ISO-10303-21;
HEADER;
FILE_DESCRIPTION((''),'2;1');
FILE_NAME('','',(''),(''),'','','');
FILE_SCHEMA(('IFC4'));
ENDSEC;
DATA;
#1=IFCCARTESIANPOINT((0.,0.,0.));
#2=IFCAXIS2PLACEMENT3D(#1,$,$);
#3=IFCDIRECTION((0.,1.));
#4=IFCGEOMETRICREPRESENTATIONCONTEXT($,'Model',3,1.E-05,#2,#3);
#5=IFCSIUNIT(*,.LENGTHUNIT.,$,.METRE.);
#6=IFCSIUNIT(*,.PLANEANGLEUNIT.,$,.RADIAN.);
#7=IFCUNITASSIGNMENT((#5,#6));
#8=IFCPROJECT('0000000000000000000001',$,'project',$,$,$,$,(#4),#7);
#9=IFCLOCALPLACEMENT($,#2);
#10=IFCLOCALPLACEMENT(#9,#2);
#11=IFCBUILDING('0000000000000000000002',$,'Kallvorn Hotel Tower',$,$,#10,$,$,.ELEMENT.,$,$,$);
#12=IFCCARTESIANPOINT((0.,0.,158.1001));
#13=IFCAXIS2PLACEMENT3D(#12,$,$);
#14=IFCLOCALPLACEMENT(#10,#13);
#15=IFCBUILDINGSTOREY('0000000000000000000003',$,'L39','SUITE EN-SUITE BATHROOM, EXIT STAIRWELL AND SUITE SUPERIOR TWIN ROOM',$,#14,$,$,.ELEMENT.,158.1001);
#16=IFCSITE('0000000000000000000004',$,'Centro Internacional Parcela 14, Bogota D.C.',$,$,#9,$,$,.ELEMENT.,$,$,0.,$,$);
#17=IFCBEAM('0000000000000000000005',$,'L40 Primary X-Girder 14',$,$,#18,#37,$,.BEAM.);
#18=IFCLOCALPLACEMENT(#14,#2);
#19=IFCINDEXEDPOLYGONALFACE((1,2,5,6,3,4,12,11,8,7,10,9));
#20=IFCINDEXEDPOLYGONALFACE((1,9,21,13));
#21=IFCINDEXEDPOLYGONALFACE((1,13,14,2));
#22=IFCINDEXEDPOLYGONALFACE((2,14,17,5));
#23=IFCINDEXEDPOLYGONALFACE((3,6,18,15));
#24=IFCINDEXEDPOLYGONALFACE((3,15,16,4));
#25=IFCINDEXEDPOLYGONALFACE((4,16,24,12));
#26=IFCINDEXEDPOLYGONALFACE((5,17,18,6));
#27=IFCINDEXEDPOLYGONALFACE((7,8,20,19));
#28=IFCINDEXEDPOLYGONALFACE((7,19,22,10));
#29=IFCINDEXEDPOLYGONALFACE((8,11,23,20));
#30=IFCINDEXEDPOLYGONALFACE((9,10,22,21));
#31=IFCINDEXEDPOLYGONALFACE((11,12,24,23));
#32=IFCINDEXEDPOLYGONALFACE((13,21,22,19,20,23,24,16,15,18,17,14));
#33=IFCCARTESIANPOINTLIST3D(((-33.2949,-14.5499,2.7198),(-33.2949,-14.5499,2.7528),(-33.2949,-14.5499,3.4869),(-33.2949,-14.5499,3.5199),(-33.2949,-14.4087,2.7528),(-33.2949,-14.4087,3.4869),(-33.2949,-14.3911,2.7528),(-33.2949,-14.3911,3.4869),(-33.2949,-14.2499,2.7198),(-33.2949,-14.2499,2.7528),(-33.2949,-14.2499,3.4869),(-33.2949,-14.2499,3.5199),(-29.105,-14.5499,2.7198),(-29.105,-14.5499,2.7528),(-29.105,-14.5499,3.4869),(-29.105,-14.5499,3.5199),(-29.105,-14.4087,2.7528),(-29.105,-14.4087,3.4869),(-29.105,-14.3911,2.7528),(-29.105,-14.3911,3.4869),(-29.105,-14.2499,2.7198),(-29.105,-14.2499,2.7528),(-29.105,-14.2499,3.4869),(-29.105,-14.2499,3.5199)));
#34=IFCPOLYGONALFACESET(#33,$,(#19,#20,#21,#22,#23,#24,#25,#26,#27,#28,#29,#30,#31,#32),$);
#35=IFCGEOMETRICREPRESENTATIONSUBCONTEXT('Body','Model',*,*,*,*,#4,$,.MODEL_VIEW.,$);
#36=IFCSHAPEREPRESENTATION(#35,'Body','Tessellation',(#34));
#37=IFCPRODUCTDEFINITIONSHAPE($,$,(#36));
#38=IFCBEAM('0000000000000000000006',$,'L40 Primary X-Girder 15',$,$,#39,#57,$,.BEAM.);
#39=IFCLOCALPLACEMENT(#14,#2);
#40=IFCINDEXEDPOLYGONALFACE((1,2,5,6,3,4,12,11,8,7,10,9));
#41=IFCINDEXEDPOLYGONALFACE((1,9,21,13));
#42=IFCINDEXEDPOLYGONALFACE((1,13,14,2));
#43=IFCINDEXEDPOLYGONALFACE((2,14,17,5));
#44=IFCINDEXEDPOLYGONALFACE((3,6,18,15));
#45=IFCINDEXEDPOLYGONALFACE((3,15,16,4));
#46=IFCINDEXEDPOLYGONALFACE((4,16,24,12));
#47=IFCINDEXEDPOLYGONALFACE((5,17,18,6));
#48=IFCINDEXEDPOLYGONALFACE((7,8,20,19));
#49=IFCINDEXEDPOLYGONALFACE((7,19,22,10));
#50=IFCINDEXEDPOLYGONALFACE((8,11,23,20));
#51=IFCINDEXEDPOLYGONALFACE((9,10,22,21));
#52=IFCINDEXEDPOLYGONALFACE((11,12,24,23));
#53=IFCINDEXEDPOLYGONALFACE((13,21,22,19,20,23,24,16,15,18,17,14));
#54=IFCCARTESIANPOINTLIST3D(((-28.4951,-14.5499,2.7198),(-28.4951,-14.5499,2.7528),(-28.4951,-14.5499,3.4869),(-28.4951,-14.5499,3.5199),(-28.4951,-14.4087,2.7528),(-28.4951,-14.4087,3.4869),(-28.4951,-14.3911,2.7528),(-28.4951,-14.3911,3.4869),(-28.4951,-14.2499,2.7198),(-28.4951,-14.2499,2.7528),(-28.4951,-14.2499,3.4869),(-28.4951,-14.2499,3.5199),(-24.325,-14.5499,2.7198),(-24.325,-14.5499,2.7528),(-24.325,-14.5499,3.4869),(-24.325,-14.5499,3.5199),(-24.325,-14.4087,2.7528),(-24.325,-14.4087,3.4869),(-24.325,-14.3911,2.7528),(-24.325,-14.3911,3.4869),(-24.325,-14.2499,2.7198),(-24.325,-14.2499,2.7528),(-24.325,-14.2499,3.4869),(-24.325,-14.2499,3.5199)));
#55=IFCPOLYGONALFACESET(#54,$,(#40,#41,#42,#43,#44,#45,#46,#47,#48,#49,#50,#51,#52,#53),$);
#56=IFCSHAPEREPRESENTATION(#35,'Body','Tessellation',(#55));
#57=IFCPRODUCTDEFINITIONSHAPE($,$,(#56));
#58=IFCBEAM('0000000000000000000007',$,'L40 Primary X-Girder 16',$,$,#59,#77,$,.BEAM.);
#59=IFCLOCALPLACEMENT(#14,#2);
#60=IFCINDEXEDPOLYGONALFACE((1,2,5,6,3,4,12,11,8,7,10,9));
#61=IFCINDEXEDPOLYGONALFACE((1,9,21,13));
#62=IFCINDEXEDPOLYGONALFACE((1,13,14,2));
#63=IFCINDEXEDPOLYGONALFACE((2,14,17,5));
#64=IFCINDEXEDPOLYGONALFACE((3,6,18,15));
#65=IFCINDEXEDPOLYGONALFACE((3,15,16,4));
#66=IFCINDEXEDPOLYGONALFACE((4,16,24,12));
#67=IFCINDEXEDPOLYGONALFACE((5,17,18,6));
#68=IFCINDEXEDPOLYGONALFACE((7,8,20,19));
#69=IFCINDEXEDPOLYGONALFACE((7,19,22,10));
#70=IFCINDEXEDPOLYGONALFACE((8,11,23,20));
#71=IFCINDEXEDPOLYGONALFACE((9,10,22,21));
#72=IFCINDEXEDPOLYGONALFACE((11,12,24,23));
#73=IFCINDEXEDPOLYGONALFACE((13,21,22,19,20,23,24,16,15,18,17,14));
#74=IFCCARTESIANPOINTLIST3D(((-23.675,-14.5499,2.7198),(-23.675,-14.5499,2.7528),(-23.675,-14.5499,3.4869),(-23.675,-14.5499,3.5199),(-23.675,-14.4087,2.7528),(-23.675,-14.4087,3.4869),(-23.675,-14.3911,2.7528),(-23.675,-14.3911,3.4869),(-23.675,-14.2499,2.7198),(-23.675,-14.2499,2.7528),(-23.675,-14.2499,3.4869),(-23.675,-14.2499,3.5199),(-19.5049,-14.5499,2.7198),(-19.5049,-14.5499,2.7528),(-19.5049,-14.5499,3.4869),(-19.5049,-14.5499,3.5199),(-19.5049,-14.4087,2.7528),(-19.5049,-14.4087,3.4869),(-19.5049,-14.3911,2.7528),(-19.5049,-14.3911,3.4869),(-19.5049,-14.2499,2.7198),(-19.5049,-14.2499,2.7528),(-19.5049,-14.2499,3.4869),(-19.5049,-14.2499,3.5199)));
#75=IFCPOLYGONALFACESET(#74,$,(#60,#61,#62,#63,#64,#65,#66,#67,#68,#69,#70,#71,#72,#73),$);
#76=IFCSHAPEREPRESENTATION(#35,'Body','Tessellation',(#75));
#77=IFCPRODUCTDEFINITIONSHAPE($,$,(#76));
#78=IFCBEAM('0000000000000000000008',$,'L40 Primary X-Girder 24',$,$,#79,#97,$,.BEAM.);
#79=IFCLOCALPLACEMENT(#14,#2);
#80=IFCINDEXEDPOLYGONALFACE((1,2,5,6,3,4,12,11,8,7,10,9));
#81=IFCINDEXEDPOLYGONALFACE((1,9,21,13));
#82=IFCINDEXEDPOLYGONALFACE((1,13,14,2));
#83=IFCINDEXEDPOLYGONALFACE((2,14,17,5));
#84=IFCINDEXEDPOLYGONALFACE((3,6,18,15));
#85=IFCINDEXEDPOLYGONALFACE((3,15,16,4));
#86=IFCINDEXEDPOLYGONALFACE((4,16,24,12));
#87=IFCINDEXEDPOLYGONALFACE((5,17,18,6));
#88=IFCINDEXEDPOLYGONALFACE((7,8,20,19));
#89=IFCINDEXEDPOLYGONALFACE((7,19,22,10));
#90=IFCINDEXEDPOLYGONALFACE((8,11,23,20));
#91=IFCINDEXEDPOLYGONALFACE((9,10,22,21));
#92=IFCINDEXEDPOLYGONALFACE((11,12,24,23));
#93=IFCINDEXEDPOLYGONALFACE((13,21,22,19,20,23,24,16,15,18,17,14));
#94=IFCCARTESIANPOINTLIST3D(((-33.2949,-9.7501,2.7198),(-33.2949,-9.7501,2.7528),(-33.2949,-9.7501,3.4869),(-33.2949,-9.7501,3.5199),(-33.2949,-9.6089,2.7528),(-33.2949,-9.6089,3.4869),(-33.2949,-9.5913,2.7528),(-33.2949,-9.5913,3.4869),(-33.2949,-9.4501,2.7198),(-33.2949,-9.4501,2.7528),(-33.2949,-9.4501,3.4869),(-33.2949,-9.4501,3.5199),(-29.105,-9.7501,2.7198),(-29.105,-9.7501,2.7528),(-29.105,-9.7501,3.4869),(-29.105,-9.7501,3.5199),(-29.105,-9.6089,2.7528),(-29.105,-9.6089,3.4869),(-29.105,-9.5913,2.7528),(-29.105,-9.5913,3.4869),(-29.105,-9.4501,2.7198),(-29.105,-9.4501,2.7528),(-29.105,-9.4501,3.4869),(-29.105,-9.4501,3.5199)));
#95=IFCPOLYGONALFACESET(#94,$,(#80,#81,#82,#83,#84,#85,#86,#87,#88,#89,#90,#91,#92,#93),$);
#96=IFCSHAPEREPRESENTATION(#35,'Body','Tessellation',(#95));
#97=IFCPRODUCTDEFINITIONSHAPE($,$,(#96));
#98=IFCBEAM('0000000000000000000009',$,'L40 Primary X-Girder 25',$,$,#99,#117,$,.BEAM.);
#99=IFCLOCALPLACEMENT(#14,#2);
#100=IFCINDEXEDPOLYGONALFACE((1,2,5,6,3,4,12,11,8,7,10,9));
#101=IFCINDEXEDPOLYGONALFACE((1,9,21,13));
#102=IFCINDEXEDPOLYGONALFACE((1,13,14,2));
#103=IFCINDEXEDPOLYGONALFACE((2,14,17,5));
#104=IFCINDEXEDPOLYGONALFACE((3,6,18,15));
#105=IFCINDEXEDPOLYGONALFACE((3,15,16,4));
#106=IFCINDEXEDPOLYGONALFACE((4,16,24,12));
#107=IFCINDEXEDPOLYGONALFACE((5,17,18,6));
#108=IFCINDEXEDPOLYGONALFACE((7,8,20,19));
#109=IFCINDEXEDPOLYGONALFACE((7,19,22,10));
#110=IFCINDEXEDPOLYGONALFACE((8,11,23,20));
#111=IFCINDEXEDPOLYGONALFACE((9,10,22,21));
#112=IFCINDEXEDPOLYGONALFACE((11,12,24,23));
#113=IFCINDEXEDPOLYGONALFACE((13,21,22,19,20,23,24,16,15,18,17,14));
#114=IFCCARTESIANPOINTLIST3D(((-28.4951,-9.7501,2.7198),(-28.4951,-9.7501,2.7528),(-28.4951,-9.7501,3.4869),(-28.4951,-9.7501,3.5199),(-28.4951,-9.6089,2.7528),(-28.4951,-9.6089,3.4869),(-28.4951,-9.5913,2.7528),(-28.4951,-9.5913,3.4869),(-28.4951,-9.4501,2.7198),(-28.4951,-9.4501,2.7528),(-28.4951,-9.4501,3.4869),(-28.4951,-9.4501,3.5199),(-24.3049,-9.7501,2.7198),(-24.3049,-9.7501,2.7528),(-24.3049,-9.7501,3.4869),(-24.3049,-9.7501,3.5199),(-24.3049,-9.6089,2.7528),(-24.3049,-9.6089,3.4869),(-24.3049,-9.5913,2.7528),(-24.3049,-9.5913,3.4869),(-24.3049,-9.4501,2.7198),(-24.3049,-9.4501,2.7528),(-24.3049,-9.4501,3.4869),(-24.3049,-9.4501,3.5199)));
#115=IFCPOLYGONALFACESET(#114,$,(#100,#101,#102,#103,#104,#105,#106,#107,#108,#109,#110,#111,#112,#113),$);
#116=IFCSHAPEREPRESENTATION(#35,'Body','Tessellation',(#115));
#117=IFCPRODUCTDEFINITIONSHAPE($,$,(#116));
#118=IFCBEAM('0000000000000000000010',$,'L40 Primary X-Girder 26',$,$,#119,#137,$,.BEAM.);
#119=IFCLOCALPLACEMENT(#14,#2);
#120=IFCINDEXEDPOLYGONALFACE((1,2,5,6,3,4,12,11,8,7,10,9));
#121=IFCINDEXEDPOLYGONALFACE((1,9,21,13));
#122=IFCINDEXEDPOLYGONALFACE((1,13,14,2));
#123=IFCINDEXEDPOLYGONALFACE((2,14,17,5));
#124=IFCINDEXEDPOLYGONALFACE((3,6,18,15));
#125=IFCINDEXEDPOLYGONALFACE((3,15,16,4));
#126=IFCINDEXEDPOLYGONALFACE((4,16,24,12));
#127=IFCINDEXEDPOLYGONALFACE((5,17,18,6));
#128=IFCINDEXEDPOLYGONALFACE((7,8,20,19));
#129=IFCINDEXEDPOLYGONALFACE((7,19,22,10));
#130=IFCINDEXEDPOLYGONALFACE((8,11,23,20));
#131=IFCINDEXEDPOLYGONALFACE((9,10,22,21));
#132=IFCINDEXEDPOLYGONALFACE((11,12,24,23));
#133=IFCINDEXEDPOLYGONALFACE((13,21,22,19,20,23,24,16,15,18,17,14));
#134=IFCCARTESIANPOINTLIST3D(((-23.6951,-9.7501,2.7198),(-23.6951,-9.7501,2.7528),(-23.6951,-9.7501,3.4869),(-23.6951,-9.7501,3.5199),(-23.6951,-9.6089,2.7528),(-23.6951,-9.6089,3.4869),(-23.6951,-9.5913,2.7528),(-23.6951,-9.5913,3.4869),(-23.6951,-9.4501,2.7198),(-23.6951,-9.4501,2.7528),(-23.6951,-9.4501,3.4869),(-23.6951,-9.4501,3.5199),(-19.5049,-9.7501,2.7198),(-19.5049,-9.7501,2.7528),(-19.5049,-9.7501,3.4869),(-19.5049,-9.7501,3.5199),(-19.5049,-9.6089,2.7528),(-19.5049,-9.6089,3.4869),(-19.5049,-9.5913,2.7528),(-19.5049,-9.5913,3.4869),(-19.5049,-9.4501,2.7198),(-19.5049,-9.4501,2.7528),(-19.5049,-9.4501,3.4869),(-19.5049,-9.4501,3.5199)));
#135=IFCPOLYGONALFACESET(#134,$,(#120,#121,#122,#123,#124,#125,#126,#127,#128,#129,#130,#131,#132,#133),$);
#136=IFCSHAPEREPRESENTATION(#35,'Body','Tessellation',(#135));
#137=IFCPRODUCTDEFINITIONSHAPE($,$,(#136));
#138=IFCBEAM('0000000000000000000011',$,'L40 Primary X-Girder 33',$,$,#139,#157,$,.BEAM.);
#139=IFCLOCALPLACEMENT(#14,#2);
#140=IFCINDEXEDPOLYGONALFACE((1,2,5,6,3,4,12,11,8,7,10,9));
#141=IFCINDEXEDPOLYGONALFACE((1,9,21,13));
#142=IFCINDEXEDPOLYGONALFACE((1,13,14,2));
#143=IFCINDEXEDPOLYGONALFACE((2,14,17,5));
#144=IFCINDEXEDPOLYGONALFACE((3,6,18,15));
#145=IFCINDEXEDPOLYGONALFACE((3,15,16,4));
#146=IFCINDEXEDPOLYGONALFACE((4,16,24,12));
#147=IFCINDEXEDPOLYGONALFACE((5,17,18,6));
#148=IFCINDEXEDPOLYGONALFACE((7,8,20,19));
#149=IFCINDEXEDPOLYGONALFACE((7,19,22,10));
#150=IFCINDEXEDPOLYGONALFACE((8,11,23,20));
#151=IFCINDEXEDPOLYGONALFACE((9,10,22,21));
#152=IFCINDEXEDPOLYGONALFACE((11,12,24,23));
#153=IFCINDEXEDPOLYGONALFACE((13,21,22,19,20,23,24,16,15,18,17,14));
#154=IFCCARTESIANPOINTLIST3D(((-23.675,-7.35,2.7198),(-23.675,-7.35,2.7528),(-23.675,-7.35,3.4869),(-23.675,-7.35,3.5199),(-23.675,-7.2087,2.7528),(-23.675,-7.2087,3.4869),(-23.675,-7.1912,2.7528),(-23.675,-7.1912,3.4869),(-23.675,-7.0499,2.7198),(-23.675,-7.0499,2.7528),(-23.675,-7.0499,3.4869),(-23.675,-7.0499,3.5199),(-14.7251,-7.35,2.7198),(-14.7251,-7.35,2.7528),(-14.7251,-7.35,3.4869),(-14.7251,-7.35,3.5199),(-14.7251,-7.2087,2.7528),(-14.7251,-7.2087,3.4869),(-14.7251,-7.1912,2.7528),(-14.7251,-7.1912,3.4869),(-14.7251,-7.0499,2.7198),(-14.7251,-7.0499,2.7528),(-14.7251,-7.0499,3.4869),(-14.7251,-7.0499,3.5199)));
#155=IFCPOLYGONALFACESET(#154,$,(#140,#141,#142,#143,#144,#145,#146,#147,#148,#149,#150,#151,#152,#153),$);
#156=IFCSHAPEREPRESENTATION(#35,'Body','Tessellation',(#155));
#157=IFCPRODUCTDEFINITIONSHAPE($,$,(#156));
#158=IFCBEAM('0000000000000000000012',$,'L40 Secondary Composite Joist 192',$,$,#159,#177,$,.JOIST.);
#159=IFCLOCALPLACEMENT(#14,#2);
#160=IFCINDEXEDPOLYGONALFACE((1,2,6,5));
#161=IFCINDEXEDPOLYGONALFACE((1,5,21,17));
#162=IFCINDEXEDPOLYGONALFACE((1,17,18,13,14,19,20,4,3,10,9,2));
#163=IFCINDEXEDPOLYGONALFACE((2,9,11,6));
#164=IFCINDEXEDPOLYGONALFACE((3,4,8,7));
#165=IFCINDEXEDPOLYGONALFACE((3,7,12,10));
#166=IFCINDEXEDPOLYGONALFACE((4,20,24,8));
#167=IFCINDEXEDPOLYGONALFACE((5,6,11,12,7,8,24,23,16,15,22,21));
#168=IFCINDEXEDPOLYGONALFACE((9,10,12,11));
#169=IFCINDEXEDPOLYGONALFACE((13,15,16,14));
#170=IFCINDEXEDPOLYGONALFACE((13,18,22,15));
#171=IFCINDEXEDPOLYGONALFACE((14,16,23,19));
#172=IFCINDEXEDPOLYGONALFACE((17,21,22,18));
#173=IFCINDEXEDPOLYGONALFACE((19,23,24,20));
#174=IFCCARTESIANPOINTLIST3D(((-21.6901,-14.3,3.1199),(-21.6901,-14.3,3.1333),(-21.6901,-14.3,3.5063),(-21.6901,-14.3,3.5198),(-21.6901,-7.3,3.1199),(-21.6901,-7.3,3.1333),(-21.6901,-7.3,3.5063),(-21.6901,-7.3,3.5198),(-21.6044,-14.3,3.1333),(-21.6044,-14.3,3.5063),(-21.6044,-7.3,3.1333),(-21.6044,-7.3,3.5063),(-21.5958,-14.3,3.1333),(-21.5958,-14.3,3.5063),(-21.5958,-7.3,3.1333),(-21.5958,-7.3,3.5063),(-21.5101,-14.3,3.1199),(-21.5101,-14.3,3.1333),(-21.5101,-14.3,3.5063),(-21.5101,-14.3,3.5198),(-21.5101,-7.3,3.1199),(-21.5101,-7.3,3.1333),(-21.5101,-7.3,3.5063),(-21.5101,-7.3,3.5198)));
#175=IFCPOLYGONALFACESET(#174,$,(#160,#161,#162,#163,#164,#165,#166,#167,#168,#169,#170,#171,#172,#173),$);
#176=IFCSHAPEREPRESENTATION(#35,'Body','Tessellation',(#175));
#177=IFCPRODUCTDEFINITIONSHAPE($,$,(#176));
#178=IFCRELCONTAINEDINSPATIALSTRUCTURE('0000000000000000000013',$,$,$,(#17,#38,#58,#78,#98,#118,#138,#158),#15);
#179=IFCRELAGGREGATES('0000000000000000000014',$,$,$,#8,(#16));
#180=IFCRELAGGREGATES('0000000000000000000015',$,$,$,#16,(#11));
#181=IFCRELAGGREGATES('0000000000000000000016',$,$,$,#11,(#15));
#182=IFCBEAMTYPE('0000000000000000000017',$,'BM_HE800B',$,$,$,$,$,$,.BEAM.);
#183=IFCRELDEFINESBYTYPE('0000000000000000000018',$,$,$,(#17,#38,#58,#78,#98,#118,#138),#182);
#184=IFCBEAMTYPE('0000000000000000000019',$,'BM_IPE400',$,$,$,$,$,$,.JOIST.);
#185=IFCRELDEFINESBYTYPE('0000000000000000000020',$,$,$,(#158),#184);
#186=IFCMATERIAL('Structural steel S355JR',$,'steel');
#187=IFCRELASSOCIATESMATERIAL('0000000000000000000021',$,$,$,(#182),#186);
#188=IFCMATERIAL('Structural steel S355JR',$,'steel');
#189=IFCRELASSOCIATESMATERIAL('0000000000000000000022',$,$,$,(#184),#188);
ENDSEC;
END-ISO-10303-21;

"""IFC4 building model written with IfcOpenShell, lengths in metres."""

from ifc_helpers import new_model, si_unit, direction, frame, origin, origin_2d, place, context, subcontext, project, spatial, i_section, extrude, material, material_profile, profile_set, type_object, element, save


model = new_model("IFC4")

# Units and contexts
model_context = context("Model", 3, precision=1e-05, world=origin(), true_north=direction((0.0, 1.0)))
body_context = subcontext(model_context, "Body", "Model", "MODEL_VIEW")
ifc_project = project(units=[si_unit("LENGTHUNIT", "METRE"), si_unit("PLANEANGLEUNIT", "RADIAN")], contexts=[model_context])

# Site, building, storey
site_placement = place(None, origin())
site = spatial("IfcSite", under=ifc_project, at=site_placement, Name="Centro Internacional Parcela 14, Bogota D.C.", CompositionType="ELEMENT", RefElevation=0.0)
building_placement = place(site_placement, origin())
building = spatial("IfcBuilding", under=site, at=building_placement, Name="Kallvorn Hotel Tower", CompositionType="ELEMENT")
storey_placement = place(building_placement, frame((0.0, 0.0, 158.1001)))
storey = spatial("IfcBuildingStorey", under=building, at=storey_placement, Name="L39", Description="SUITE EN-SUITE BATHROOM, EXIT STAIRWELL AND SUITE SUPERIOR TWIN ROOM", CompositionType="ELEMENT", Elevation=158.1001)

# Beams
ifc_material_1 = material(Name="Structural steel S355JR", Category="steel")
ifc_material_profile_1 = material_profile(ifc_material_1, i_section(OverallWidth=0.3, OverallDepth=0.8, WebThickness=0.0176, FlangeThickness=0.033, at=origin_2d()), Name="HE 800 B")
ifc_profile_set_1 = profile_set([ifc_material_profile_1], Name="Structural steel S355JR")
beam_type_1 = type_object("IfcBeamType", Name="BM_HE800B", PredefinedType="BEAM", material=ifc_profile_set_1)
beam_1_placement = place(storey_placement, frame((-33.2949, -14.3999, 3.1199), z_axis=(1.0, 0.0, 0.0), x_axis=(0.0, 1.0, 0.0)))
element("IfcBeam", 1, at=beam_1_placement, inside=storey, type_object=beam_type_1, Name="L40 Primary X-Girder 14", PredefinedType="BEAM", context=body_context, shape_type="SweptSolid", body=[
    extrude(i_section(OverallWidth=0.3, OverallDepth=0.8, WebThickness=0.0176, FlangeThickness=0.033, at=origin_2d()), origin(), (0.0, 0.0, 1.0), 4.1899),
])
for number, where, z_axis, x_axis, name in (
    (2, (-28.4951, -14.3999, 3.1199), (1.0, 0.0, 0.0), (0.0, 1.0, 0.0), "L40 Primary X-Girder 15"),
    (3, (-23.675, -14.3999, 3.1199), (1.0, 0.0, 0.0), (0.0, 1.0, 0.0), "L40 Primary X-Girder 16"),
):
    element("IfcBeam", number, at=place(storey_placement, frame(where, z_axis=z_axis, x_axis=x_axis)), inside=storey, type_object=beam_type_1, Name=name, PredefinedType="BEAM", context=body_context, shape_type="SweptSolid", body=[
        extrude(i_section(OverallWidth=0.3, OverallDepth=0.8, WebThickness=0.0176, FlangeThickness=0.033, at=origin_2d()), origin(), (0.0, 0.0, 1.0), 4.1702),
    ])
beam_2_placement = place(storey_placement, frame((-33.2949, -9.6001, 3.1199), z_axis=(1.0, 0.0, 0.0), x_axis=(0.0, 1.0, 0.0)))
element("IfcBeam", 4, at=beam_2_placement, inside=storey, type_object=beam_type_1, Name="L40 Primary X-Girder 24", PredefinedType="BEAM", context=body_context, shape_type="SweptSolid", body=[
    extrude(i_section(OverallWidth=0.3, OverallDepth=0.8, WebThickness=0.0176, FlangeThickness=0.033, at=origin_2d()), origin(), (0.0, 0.0, 1.0), 4.1899),
])
for number, where, z_axis, x_axis, name in (
    (5, (-28.4951, -9.6001, 3.1199), (1.0, 0.0, 0.0), (0.0, 1.0, 0.0), "L40 Primary X-Girder 25"),
    (6, (-23.6951, -9.6001, 3.1199), (1.0, 0.0, 0.0), (0.0, 1.0, 0.0), "L40 Primary X-Girder 26"),
):
    element("IfcBeam", number, at=place(storey_placement, frame(where, z_axis=z_axis, x_axis=x_axis)), inside=storey, type_object=beam_type_1, Name=name, PredefinedType="BEAM", context=body_context, shape_type="SweptSolid", body=[
        extrude(i_section(OverallWidth=0.3, OverallDepth=0.8, WebThickness=0.0176, FlangeThickness=0.033, at=origin_2d()), origin(), (0.0, 0.0, 1.0), 4.1902),
    ])
beam_3_placement = place(storey_placement, frame((-23.675, -7.2, 3.1199), z_axis=(1.0, 0.0, 0.0), x_axis=(0.0, 1.0, 0.0)))
element("IfcBeam", 7, at=beam_3_placement, inside=storey, type_object=beam_type_1, Name="L40 Primary X-Girder 33", PredefinedType="BEAM", context=body_context, shape_type="SweptSolid", body=[
    extrude(i_section(OverallWidth=0.3, OverallDepth=0.8, WebThickness=0.0176, FlangeThickness=0.033, at=origin_2d()), origin(), (0.0, 0.0, 1.0), 8.95),
])
ifc_material_2 = material(Name="Structural steel S355JR", Category="steel")
ifc_material_profile_2 = material_profile(ifc_material_2, i_section(OverallWidth=0.1799, OverallDepth=0.3999, WebThickness=0.0085, FlangeThickness=0.0134, at=origin_2d()), Name="IPE 400")
ifc_profile_set_2 = profile_set([ifc_material_profile_2], Name="Structural steel S355JR")
beam_type_2 = type_object("IfcBeamType", Name="BM_IPE400", PredefinedType="JOIST", material=ifc_profile_set_2)
beam_4_placement = place(storey_placement, frame((-21.6001, -14.3, 3.3198), z_axis=(0.0, 1.0, 0.0), x_axis=(-1.0, 0.0, 0.0)))
element("IfcBeam", 8, at=beam_4_placement, inside=storey, type_object=beam_type_2, Name="L40 Secondary Composite Joist 192", PredefinedType="JOIST", context=body_context, shape_type="SweptSolid", body=[
    extrude(i_section(OverallWidth=0.1799, OverallDepth=0.3999, WebThickness=0.0085, FlangeThickness=0.0134, at=origin_2d()), origin(), (0.0, 0.0, 1.0), 7.0),
])

save(model, "model.ifc")
